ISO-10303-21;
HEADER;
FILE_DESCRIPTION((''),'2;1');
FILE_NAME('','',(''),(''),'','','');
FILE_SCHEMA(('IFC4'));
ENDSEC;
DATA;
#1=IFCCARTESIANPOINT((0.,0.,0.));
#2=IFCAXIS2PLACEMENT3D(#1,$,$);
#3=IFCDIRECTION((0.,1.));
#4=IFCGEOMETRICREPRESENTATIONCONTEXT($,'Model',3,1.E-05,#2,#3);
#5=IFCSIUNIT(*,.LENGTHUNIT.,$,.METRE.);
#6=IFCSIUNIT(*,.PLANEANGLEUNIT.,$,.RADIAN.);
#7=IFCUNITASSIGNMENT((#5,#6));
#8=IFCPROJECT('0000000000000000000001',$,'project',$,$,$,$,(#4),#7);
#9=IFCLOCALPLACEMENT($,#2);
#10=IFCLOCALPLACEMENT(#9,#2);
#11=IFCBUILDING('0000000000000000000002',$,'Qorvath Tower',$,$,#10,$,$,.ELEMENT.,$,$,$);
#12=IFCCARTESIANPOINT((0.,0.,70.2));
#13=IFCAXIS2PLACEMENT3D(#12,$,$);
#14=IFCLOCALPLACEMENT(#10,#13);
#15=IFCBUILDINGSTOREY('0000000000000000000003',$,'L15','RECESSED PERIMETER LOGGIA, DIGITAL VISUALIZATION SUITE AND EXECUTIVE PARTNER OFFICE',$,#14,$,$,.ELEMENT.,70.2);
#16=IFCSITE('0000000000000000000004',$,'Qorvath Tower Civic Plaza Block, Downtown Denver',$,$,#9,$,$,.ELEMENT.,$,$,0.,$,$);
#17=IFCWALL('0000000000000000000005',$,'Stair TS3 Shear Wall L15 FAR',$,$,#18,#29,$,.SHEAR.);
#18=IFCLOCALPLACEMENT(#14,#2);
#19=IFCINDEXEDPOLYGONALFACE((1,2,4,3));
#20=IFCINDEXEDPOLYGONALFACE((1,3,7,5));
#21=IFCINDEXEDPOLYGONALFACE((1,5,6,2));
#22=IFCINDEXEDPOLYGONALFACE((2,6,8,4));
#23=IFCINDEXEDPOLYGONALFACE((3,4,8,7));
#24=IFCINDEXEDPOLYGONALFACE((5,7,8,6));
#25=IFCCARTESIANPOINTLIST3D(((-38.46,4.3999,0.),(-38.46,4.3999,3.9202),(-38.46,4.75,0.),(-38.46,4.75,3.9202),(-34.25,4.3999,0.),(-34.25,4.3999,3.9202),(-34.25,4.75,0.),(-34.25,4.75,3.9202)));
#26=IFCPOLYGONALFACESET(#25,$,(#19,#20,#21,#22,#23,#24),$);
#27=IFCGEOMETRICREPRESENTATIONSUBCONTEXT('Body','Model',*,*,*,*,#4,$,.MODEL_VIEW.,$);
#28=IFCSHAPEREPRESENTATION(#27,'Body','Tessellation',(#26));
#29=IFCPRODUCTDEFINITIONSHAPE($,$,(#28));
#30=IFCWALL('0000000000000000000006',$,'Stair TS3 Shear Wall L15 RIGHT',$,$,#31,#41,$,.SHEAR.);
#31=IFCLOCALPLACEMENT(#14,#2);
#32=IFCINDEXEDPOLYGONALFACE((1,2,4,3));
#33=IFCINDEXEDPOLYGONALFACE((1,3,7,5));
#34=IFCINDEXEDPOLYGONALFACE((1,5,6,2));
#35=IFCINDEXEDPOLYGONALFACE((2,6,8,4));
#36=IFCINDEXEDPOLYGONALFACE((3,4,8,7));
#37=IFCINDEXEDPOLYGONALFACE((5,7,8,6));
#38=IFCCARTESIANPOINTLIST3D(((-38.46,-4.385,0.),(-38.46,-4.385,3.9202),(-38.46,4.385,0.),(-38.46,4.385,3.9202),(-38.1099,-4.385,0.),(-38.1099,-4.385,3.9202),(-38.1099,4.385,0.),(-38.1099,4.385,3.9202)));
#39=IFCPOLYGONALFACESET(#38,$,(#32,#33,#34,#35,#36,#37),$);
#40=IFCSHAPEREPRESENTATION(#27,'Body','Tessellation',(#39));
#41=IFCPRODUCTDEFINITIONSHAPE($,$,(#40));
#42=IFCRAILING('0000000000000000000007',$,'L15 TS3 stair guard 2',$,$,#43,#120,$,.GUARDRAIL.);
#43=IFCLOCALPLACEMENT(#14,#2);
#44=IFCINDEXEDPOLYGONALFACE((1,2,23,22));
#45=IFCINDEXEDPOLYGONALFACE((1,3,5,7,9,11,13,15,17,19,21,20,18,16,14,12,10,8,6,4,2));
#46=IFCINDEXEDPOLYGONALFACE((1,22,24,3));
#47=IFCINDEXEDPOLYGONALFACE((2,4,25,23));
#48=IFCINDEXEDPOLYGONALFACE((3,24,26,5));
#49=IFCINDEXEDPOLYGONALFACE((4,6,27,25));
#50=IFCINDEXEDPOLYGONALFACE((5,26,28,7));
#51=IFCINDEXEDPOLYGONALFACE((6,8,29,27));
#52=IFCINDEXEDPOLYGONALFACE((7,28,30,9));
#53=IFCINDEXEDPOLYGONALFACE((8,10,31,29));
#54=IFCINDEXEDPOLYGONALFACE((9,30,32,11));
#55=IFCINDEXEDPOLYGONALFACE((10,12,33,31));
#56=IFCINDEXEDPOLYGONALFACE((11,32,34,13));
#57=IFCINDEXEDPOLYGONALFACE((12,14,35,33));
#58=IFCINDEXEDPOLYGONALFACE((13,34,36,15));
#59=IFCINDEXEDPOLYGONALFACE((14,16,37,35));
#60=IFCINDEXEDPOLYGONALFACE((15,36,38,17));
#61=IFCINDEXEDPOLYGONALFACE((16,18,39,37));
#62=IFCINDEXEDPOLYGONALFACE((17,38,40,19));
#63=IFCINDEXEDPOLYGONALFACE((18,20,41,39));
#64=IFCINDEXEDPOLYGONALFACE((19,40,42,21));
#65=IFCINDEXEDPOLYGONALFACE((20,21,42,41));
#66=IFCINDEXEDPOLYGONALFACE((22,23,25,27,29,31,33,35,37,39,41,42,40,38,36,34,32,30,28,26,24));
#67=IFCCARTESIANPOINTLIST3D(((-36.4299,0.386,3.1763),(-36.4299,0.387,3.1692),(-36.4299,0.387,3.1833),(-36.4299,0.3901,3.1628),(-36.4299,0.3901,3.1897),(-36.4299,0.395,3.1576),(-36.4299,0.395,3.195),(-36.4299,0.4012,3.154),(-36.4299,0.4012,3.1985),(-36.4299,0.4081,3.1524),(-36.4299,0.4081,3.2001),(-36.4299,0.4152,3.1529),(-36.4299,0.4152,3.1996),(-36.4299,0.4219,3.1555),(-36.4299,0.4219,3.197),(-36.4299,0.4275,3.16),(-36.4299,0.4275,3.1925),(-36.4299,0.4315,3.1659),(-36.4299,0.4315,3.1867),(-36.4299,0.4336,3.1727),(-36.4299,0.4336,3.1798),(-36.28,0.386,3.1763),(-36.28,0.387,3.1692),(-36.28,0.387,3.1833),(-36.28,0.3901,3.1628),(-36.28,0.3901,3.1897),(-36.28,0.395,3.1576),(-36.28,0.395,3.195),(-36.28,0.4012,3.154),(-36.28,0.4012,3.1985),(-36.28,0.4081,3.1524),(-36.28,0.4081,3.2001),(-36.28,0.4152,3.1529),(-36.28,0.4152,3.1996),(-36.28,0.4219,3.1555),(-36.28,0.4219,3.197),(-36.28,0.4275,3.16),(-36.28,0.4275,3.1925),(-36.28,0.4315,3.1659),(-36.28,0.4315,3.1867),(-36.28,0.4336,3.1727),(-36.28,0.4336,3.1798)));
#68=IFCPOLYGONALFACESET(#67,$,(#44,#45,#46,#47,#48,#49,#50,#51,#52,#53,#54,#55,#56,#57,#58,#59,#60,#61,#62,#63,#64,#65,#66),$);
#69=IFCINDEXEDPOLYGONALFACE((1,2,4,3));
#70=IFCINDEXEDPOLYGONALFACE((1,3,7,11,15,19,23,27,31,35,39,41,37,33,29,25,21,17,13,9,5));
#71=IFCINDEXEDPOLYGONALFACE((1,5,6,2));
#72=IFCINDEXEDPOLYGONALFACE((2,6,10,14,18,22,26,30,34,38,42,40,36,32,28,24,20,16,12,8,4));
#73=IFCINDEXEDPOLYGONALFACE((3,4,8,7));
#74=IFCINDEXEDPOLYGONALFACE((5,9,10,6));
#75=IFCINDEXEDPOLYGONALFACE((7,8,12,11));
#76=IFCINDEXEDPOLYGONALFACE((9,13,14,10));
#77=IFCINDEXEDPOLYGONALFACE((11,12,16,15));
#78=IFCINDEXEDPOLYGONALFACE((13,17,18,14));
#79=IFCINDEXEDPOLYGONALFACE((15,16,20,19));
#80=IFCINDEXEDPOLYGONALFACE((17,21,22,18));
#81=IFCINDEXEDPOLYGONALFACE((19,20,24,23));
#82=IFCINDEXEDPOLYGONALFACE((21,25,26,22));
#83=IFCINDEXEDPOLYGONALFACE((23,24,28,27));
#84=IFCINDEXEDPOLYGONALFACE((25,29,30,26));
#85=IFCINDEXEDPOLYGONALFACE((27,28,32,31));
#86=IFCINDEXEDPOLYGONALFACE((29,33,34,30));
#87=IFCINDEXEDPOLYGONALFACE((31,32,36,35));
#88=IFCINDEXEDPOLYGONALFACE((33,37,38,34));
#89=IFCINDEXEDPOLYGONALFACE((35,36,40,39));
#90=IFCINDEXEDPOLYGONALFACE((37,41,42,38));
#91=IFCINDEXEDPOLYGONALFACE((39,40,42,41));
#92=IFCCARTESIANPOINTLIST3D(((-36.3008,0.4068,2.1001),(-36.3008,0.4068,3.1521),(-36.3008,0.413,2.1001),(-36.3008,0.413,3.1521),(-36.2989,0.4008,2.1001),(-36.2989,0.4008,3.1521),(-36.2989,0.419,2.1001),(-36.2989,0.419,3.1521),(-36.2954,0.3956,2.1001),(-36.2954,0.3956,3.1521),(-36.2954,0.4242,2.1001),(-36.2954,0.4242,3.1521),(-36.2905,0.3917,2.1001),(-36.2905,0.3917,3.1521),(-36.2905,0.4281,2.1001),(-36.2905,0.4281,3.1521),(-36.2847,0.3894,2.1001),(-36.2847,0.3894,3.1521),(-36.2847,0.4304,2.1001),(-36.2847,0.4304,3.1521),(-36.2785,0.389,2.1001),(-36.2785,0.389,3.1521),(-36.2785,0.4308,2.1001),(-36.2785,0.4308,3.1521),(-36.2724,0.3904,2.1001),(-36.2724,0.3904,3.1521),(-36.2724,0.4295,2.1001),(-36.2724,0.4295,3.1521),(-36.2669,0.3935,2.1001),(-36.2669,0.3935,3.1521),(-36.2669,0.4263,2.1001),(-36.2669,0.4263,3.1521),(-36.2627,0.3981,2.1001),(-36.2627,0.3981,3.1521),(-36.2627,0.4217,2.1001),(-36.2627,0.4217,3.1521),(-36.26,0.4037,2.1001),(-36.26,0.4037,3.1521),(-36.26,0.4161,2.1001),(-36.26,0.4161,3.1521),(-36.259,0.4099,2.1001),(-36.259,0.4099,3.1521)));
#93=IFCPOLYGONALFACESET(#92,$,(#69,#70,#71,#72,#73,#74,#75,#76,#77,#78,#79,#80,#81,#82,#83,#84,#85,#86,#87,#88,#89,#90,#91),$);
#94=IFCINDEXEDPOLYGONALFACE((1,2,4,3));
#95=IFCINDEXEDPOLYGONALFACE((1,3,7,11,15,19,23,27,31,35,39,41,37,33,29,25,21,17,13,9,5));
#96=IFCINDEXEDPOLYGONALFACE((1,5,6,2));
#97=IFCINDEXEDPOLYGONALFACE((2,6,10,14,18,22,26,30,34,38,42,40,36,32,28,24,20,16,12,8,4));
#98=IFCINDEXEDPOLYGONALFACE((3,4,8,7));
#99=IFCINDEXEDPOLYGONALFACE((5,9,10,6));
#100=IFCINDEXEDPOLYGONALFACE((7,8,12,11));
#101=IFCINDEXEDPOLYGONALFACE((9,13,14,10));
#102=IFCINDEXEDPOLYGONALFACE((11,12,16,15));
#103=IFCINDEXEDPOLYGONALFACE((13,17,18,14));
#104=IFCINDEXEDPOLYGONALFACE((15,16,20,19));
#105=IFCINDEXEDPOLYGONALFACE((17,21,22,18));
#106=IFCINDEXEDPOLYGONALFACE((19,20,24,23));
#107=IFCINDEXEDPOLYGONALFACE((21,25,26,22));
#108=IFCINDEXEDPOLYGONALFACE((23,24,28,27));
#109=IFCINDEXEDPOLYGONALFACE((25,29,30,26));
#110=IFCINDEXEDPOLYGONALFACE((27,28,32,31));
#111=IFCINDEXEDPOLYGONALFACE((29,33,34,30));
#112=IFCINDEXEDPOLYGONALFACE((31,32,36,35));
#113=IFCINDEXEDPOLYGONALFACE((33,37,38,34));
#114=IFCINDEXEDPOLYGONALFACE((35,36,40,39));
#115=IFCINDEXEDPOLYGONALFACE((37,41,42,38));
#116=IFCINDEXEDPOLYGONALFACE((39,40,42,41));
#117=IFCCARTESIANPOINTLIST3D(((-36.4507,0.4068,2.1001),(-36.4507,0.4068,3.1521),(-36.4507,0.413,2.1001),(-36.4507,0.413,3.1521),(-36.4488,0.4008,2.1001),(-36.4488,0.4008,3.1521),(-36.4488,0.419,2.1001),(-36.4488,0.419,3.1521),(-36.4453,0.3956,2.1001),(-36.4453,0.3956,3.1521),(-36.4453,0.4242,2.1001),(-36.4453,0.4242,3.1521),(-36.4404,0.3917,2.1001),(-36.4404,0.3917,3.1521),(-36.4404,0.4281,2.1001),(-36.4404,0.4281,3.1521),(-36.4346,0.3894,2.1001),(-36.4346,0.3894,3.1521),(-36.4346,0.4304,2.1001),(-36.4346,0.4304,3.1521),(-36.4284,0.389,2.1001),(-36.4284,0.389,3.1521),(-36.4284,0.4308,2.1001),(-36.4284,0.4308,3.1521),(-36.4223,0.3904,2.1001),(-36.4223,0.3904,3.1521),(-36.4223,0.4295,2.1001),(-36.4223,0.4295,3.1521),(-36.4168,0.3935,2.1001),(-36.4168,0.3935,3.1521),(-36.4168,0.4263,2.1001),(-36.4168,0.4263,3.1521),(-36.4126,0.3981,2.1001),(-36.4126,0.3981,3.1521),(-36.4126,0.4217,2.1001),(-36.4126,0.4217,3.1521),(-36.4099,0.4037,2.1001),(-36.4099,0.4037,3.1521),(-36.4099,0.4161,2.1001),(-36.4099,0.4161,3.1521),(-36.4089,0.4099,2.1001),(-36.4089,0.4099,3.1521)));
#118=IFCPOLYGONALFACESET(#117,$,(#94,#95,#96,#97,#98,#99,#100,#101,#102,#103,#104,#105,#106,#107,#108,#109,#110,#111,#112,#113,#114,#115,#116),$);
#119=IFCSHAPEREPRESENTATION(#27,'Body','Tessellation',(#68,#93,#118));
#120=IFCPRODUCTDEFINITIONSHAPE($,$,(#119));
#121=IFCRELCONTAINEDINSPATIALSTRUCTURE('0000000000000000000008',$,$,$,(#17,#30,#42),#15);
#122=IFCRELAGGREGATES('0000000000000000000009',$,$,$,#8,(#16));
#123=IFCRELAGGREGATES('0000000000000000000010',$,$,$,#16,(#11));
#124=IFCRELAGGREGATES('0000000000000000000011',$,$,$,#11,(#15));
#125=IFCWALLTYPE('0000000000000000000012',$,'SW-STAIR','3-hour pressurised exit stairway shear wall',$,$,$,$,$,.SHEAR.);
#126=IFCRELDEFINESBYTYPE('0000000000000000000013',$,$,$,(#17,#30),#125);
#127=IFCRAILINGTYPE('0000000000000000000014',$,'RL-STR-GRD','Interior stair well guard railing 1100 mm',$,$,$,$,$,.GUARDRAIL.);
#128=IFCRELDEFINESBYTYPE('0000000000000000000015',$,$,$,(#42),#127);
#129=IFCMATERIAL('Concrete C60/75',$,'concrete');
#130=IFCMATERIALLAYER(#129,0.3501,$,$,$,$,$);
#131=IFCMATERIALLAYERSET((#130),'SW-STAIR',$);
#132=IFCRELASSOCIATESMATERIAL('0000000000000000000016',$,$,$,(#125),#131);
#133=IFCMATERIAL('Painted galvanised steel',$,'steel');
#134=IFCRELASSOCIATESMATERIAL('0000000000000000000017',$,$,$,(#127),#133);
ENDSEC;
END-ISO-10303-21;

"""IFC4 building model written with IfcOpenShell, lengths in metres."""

from ifc_helpers import new_model, si_unit, direction, frame, frame_2d, origin, origin_2d, place, context, subcontext, project, spatial, rectangle, circle, extrude, material, layer, layer_set, type_object, element, save


model = new_model("IFC4")

# Units and contexts
model_context = context("Model", 3, precision=1e-05, world=origin(), true_north=direction((0.0, 1.0)))
body_context = subcontext(model_context, "Body", "Model", "MODEL_VIEW")
ifc_project = project(units=[si_unit("LENGTHUNIT", "METRE"), si_unit("PLANEANGLEUNIT", "RADIAN")], contexts=[model_context])

# Site, building, storey
site_placement = place(None, origin())
site = spatial("IfcSite", under=ifc_project, at=site_placement, Name="Qorvath Tower Civic Plaza Block, Downtown Denver", CompositionType="ELEMENT", RefElevation=0.0)
building_placement = place(site_placement, origin())
building = spatial("IfcBuilding", under=site, at=building_placement, Name="Qorvath Tower", CompositionType="ELEMENT")
storey_placement = place(building_placement, frame((0.0, 0.0, 70.2)))
storey = spatial("IfcBuildingStorey", under=building, at=storey_placement, Name="L15", Description="RECESSED PERIMETER LOGGIA, DIGITAL VISUALIZATION SUITE AND EXECUTIVE PARTNER OFFICE", CompositionType="ELEMENT", Elevation=70.2)

# Walls
ifc_material_1 = material(Name="Concrete C60/75", Category="concrete")
ifc_layer_1 = layer(ifc_material_1, 0.3501)
ifc_layer_set_1 = layer_set([ifc_layer_1], Name="SW-STAIR")
wall_type_1 = type_object("IfcWallType", Name="SW-STAIR", Description="3-hour pressurised exit stairway shear wall", PredefinedType="SHEAR", material=ifc_layer_set_1)
wall_1_placement = place(storey_placement, frame((-34.25, 4.575, 0.0), z_axis=(0.0, 0.0, 1.0), x_axis=(-1.0, 0.0, 0.0)))
element("IfcWall", 1, at=wall_1_placement, inside=storey, type_object=wall_type_1, Name="Stair TS3 Shear Wall L15 FAR", PredefinedType="SHEAR", context=body_context, shape_type="SweptSolid", body=[
    extrude(rectangle(XDim=4.21, YDim=0.3501, at=frame_2d((2.105, 0.0))), origin(), (0.0, 0.0, 1.0), 3.9202),
])
wall_2_placement = place(storey_placement, frame((-38.2849, 4.385, 0.0), z_axis=(0.0, 0.0, 1.0), x_axis=(0.0, -1.0, 0.0)))
element("IfcWall", 2, at=wall_2_placement, inside=storey, type_object=wall_type_1, Name="Stair TS3 Shear Wall L15 RIGHT", PredefinedType="SHEAR", context=body_context, shape_type="SweptSolid", body=[
    extrude(rectangle(XDim=8.77, YDim=0.3501, at=frame_2d((4.385, 0.0))), origin(), (0.0, 0.0, 1.0), 3.9202),
])

# Railing
ifc_material_2 = material(Name="Painted galvanised steel", Category="steel")
railing_type = type_object("IfcRailingType", Name="RL-STR-GRD", Description="Interior stair well guard railing 1100 mm", PredefinedType="GUARDRAIL", material=ifc_material_2)
railing_1_placement = place(storey_placement, frame((-36.28, 0.4099, 2.1001)))
element("IfcRailing", 3, at=railing_1_placement, inside=storey, type_object=railing_type, Name="L15 TS3 stair guard 2", PredefinedType="GUARDRAIL", context=body_context, shape_type="SweptSolid", body=[
    extrude(circle(Radius=0.0239, at=origin_2d()), frame((0.0, 0.0, 1.0762), z_axis=(-1.0, 0.0, 0.0), x_axis=(0.0, -1.0, 0.0)), (0.0, 0.0, 1.0), 0.1499),
    extrude(circle(Radius=0.021, at=origin_2d()), origin(), (0.0, 0.0, 1.0), 1.052),
    extrude(circle(Radius=0.021, at=origin_2d()), frame((-0.1499, 0.0, 0.0)), (0.0, 0.0, 1.0), 1.052),
])

save(model, "model.ifc")
